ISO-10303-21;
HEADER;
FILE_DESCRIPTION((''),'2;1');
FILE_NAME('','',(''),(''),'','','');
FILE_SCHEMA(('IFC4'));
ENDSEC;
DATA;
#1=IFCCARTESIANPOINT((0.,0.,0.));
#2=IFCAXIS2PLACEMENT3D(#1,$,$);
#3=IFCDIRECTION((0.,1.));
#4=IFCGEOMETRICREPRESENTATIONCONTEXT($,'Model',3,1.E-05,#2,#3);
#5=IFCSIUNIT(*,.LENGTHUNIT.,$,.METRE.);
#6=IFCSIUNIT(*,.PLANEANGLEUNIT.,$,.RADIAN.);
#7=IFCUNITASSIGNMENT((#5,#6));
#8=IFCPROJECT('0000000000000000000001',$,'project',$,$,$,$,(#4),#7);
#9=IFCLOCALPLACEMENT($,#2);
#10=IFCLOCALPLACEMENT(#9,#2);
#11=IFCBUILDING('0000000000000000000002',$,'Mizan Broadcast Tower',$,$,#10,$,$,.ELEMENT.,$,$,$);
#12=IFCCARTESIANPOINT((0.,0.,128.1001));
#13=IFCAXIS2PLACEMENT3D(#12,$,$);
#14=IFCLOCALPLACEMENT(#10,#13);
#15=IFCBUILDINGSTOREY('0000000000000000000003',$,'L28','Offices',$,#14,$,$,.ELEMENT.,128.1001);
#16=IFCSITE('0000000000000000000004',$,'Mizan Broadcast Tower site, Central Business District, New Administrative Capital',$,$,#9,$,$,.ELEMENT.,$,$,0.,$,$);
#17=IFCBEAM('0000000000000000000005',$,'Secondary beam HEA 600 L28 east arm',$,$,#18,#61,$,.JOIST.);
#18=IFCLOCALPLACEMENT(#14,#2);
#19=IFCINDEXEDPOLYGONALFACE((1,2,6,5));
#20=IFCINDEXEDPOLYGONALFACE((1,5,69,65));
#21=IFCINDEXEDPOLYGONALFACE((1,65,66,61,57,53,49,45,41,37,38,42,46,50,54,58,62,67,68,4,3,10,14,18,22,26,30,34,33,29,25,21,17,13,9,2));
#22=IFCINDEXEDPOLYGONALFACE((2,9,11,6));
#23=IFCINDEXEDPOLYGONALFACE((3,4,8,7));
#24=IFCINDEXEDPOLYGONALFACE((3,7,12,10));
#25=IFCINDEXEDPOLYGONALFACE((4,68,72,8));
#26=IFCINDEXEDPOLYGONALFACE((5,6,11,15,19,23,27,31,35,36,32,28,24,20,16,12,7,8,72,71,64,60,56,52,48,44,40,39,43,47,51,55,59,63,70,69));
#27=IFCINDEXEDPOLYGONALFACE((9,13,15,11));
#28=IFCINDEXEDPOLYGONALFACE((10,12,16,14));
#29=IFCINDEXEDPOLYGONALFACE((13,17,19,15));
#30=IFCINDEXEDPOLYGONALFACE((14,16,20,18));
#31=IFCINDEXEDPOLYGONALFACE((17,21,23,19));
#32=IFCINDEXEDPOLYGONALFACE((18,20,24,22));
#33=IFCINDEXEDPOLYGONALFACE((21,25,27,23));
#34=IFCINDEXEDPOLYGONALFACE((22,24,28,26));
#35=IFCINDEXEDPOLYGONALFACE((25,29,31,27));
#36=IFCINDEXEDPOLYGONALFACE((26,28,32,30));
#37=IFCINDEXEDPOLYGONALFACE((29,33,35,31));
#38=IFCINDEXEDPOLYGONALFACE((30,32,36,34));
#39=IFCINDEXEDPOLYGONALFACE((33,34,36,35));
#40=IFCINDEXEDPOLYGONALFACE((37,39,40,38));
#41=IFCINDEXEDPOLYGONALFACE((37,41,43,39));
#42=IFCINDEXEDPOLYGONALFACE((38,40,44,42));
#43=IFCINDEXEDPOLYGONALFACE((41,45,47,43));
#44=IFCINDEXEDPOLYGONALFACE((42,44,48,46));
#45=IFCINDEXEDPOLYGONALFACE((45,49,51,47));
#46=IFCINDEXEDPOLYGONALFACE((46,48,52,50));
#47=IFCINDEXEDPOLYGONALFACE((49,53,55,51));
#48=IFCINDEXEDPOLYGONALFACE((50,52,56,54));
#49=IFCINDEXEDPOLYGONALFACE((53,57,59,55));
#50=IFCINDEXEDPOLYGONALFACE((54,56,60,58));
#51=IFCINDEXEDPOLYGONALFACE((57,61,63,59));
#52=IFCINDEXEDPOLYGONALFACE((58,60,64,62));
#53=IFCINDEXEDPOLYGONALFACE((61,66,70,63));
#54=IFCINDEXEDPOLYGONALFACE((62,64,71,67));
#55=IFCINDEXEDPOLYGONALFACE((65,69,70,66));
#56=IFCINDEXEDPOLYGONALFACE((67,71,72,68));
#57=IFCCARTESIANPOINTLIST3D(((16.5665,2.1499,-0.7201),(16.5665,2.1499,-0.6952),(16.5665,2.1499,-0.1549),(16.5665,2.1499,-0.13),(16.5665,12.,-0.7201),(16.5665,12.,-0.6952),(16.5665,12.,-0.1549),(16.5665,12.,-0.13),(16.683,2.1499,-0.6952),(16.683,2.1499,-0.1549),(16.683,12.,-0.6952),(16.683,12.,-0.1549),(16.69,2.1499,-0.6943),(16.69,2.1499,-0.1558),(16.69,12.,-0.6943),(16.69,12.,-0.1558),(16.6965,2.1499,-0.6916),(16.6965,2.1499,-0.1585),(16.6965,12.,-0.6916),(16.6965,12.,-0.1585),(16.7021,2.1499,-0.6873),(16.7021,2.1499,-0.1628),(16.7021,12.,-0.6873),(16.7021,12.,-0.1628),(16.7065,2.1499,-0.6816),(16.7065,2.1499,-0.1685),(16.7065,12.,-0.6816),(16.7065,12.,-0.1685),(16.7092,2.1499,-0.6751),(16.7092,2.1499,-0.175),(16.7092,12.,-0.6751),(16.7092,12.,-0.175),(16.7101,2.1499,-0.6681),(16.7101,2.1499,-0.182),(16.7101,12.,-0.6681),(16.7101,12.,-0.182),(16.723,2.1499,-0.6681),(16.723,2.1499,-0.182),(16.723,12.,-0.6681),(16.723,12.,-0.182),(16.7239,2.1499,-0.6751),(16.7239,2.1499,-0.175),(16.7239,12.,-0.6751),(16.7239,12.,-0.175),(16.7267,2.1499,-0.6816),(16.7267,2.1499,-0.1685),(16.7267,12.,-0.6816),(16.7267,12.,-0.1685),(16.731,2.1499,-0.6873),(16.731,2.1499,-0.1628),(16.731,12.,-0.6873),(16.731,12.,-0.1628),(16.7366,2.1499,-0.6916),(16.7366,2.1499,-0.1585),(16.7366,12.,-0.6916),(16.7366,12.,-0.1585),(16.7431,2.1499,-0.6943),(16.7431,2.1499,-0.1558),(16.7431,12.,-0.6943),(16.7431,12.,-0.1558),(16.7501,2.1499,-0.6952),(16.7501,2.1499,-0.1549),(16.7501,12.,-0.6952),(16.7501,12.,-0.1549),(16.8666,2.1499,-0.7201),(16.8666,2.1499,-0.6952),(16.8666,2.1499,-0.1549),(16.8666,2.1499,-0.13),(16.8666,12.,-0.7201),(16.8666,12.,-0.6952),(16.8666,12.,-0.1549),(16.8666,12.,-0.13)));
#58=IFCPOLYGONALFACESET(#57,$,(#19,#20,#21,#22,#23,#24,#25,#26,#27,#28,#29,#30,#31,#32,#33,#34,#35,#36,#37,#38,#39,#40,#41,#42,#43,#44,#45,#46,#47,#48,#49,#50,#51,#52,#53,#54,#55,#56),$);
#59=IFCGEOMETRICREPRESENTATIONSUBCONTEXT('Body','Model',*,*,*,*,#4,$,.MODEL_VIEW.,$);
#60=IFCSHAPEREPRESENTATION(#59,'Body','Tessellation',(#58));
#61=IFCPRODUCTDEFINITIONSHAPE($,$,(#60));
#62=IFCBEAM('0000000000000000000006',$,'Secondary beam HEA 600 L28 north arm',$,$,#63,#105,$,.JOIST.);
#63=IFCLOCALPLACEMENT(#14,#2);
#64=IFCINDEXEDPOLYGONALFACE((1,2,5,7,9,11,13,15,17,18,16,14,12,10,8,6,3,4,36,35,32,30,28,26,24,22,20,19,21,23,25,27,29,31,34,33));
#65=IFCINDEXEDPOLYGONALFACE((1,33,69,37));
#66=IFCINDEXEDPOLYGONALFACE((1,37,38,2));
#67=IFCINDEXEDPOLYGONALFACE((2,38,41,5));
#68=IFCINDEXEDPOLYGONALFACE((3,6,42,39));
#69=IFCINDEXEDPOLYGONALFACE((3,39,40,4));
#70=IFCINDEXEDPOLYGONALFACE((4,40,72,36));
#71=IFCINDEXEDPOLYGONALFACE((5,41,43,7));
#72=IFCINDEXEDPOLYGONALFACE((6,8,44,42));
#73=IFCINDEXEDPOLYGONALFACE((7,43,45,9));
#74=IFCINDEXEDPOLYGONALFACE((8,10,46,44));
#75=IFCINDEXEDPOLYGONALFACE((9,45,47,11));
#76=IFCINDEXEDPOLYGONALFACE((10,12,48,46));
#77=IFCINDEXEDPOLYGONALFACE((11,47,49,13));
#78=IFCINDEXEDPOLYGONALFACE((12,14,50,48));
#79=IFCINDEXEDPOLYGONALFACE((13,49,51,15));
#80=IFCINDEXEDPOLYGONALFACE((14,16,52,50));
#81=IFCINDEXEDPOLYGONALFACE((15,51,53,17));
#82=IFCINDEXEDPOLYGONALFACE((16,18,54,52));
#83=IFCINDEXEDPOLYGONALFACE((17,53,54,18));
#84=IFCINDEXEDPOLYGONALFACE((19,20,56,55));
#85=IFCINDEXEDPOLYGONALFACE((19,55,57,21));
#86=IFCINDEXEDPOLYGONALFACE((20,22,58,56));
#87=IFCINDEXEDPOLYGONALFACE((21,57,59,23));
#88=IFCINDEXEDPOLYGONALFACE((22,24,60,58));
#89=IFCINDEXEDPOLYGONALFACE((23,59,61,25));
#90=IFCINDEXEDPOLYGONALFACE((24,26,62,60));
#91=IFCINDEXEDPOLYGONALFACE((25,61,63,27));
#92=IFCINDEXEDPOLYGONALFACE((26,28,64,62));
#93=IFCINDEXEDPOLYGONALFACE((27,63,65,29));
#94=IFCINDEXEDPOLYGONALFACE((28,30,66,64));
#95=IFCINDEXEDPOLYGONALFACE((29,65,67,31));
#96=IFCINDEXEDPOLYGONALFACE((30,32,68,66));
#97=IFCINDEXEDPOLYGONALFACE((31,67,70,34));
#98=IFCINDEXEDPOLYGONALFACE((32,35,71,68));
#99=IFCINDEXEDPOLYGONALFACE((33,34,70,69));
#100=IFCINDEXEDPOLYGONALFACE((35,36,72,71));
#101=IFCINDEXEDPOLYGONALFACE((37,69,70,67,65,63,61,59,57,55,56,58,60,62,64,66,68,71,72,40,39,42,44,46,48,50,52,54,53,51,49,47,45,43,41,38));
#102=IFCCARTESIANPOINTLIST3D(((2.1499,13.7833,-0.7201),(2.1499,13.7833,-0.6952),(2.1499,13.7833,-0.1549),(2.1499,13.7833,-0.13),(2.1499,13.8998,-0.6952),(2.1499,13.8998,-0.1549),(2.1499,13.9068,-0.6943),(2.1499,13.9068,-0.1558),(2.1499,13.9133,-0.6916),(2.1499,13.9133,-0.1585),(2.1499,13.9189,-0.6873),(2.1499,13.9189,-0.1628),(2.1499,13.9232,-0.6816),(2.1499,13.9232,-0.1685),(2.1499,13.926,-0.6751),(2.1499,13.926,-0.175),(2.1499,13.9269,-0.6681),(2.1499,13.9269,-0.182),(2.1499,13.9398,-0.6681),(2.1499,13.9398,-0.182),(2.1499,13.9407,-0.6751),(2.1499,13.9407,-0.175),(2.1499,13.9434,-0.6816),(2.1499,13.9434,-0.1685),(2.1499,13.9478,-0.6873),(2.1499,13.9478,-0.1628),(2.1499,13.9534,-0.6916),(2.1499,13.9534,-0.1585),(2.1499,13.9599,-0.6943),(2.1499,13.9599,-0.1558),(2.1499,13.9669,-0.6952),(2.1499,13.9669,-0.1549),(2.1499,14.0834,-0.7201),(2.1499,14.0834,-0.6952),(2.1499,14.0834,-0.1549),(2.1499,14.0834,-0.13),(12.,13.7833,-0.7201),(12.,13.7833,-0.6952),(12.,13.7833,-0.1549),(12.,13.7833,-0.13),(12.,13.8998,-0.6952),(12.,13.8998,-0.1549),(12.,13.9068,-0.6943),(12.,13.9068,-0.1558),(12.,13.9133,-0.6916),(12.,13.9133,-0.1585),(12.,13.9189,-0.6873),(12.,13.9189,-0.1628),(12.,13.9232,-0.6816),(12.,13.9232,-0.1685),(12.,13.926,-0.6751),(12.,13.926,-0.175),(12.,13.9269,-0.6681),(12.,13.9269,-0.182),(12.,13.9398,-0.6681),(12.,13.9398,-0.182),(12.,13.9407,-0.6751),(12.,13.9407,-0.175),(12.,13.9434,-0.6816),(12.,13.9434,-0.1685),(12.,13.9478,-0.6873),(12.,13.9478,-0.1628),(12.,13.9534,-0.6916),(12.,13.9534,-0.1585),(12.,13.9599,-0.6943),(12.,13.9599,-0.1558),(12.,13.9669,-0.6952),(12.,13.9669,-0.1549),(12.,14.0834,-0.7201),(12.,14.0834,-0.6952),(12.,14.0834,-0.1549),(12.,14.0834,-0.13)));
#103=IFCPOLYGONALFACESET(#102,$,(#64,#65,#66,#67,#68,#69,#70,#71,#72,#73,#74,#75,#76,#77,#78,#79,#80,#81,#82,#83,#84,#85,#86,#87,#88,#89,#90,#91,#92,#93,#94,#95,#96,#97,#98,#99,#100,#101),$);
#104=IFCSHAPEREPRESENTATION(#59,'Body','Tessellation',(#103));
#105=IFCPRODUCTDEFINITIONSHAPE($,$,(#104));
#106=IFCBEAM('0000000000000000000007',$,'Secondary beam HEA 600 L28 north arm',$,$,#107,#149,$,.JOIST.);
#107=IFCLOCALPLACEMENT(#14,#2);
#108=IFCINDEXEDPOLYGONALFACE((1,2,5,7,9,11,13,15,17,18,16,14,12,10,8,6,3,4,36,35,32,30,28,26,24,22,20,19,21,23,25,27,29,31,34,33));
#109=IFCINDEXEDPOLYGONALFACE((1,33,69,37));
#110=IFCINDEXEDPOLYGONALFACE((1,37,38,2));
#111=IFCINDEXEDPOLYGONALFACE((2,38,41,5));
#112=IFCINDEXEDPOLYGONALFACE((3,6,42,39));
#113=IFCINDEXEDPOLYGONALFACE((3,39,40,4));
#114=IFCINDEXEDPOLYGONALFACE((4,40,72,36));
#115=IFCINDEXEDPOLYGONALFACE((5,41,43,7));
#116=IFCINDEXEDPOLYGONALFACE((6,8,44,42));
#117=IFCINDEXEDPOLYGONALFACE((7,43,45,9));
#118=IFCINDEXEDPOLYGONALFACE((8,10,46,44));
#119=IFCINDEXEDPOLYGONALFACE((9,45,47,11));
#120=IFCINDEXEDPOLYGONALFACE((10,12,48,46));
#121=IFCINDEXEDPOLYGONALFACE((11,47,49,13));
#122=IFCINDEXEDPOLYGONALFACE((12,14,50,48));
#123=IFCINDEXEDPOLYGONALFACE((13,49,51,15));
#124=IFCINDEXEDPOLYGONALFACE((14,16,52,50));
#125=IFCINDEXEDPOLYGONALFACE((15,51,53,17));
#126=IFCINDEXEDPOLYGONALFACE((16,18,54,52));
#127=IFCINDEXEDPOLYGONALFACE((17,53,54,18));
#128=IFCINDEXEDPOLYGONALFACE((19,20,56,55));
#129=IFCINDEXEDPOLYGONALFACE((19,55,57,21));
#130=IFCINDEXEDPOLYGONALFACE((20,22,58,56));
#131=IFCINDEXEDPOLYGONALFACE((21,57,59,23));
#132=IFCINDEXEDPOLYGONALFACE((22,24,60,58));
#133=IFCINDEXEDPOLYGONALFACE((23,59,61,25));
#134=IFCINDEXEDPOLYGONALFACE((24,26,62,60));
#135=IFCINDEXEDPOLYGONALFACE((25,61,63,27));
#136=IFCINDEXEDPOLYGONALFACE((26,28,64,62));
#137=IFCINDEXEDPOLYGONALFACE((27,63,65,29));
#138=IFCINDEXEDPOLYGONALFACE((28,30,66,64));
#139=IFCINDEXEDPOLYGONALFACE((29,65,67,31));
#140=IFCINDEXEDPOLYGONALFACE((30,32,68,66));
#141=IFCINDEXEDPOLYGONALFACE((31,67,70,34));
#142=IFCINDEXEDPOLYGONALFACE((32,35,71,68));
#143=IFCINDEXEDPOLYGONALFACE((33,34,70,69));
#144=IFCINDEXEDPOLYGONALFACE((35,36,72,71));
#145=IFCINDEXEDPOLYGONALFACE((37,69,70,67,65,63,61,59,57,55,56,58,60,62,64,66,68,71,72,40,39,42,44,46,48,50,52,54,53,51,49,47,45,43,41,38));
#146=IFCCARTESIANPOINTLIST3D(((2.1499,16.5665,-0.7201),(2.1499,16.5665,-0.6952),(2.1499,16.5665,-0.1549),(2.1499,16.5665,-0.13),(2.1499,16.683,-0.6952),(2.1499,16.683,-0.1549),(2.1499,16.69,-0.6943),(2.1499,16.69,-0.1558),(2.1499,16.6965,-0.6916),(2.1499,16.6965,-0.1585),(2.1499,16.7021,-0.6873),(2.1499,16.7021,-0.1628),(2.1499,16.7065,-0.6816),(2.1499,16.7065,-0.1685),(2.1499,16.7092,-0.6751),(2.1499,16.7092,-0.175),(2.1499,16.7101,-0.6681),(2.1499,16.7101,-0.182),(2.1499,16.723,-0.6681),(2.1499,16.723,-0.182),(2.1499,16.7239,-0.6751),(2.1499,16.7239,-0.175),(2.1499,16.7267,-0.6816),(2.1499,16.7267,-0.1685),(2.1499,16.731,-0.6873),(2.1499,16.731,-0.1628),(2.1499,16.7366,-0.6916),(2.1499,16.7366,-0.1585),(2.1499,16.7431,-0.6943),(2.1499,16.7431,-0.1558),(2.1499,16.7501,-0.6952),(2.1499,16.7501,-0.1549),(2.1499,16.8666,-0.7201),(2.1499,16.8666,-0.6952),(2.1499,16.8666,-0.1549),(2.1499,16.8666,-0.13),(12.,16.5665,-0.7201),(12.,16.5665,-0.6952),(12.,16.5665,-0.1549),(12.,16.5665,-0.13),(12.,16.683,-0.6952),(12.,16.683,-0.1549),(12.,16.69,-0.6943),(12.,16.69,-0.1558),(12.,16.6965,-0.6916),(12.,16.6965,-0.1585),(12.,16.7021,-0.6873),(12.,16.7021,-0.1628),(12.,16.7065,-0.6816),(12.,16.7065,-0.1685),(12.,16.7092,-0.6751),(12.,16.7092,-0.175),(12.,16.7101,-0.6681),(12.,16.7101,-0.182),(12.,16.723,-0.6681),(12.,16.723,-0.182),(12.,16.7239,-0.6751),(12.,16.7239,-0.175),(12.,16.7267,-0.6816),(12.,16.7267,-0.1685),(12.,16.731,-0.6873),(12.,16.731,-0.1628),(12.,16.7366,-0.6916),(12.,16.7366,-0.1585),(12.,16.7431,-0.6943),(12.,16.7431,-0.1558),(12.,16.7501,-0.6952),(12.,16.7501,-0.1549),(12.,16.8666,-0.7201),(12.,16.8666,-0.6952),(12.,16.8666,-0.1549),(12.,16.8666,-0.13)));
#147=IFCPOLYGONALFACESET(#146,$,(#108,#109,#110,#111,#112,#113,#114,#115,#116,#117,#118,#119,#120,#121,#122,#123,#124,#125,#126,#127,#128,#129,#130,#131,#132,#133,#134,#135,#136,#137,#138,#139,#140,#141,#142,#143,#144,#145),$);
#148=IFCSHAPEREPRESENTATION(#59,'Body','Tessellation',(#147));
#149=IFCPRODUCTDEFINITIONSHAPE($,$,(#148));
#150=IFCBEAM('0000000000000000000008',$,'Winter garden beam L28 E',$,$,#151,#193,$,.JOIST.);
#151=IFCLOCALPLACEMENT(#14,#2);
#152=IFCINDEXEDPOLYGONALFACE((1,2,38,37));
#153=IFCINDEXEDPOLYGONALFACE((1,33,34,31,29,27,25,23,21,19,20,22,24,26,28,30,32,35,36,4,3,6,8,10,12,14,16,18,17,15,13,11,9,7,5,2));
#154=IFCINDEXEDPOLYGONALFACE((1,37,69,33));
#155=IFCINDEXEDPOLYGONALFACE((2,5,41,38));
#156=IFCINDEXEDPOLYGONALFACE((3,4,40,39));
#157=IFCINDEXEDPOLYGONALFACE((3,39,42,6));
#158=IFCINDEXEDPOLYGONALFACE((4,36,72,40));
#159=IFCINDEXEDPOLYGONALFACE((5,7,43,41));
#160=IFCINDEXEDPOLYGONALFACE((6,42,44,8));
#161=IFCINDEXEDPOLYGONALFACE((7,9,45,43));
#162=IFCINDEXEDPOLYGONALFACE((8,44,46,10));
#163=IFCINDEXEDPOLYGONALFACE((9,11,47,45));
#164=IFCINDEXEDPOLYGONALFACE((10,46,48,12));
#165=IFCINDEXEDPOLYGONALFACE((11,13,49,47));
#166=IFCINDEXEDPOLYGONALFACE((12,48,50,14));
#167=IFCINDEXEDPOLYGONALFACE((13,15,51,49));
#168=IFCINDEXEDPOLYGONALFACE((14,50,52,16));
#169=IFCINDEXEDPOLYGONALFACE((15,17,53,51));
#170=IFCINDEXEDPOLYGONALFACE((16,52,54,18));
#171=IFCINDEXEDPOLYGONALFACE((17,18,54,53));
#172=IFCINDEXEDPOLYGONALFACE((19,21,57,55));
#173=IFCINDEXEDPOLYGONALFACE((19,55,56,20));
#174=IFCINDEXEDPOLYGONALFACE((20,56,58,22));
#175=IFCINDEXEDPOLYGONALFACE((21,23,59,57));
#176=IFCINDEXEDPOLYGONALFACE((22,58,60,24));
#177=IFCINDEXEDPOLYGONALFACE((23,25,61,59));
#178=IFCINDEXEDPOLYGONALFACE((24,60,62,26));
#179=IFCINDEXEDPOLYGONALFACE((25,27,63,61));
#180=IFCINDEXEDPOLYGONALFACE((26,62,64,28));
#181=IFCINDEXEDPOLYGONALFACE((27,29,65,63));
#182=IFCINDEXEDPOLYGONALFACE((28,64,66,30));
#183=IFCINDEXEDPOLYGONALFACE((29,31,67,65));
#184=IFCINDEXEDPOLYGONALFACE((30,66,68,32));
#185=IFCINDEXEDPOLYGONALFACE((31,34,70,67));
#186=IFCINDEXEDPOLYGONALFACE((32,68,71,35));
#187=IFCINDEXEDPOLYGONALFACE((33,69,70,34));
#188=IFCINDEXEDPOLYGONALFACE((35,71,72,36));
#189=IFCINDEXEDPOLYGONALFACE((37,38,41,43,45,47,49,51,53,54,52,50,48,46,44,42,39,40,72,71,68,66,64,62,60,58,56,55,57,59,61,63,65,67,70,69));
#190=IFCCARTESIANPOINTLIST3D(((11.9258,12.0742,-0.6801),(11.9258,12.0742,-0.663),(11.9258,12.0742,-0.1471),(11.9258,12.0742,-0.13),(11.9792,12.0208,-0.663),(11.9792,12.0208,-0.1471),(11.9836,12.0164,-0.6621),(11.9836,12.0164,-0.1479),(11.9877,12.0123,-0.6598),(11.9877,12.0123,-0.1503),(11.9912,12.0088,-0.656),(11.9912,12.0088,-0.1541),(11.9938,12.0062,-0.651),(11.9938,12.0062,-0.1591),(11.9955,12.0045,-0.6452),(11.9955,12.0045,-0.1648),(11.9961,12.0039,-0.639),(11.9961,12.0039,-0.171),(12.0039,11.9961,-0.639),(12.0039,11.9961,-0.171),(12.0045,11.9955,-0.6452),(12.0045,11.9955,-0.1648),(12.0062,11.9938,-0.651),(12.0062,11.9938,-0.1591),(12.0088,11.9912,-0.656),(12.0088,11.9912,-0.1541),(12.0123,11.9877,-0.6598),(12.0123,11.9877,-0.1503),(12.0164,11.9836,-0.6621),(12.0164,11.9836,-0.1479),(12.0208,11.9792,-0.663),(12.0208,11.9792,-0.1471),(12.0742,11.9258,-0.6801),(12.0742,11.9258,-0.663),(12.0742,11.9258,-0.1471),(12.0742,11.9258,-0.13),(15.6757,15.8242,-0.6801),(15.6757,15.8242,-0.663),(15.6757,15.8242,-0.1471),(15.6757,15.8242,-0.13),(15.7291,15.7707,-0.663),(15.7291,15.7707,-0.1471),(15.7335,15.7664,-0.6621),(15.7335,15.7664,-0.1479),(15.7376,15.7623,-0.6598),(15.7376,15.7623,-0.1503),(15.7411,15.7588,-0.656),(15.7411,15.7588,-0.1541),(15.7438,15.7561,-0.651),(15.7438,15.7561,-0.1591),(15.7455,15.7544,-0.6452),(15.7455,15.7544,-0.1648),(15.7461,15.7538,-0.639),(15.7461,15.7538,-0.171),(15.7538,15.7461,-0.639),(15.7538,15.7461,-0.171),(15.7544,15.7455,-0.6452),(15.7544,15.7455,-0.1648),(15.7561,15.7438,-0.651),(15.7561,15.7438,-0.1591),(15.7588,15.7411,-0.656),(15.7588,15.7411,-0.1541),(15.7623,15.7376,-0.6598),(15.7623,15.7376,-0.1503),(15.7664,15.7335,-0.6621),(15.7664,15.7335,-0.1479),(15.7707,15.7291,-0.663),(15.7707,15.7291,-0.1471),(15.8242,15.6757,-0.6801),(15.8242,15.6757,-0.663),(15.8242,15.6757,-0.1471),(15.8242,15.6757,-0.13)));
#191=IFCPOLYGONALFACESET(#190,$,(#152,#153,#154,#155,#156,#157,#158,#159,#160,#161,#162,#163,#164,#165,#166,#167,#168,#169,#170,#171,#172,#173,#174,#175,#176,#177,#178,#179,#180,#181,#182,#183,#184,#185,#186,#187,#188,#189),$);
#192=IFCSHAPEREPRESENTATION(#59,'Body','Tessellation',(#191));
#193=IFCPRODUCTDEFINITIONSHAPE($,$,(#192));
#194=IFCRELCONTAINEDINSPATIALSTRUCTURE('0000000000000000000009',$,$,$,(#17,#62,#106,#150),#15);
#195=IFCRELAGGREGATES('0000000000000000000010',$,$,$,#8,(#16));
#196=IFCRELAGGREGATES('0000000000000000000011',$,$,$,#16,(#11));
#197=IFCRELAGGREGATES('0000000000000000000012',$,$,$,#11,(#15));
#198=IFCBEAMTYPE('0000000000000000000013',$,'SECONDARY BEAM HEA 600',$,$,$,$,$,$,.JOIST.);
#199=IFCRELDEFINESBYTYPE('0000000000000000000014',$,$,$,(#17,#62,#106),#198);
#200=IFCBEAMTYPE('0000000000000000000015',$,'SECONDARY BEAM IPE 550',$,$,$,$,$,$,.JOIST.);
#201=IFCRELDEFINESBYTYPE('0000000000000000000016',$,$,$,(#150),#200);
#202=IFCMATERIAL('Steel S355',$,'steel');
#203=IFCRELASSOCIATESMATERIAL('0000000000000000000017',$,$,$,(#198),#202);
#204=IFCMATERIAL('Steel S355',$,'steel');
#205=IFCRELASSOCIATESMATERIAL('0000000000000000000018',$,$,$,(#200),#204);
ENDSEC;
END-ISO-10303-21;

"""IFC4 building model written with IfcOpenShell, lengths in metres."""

from ifc_helpers import new_model, si_unit, direction, frame, origin, origin_2d, place, context, subcontext, project, spatial, i_section, extrude, material, material_profile, profile_set, type_object, element, save


model = new_model("IFC4")

# Units and contexts
model_context = context("Model", 3, precision=1e-05, world=origin(), true_north=direction((0.0, 1.0)))
body_context = subcontext(model_context, "Body", "Model", "MODEL_VIEW")
ifc_project = project(units=[si_unit("LENGTHUNIT", "METRE"), si_unit("PLANEANGLEUNIT", "RADIAN")], contexts=[model_context])

# Site, building, storey
site_placement = place(None, origin())
site = spatial("IfcSite", under=ifc_project, at=site_placement, Name="Mizan Broadcast Tower site, Central Business District, New Administrative Capital", CompositionType="ELEMENT", RefElevation=0.0)
building_placement = place(site_placement, origin())
building = spatial("IfcBuilding", under=site, at=building_placement, Name="Mizan Broadcast Tower", CompositionType="ELEMENT")
storey_placement = place(building_placement, frame((0.0, 0.0, 128.1001)))
storey = spatial("IfcBuildingStorey", under=building, at=storey_placement, Name="L28", Description="Offices", CompositionType="ELEMENT", Elevation=128.1001)

# Beams
ifc_material_1 = material(Name="Steel S355", Category="steel")
ifc_material_profile_1 = material_profile(ifc_material_1, i_section(OverallWidth=0.3, OverallDepth=0.5901, WebThickness=0.0129, FlangeThickness=0.0249, FilletRadius=0.0271, at=origin_2d()), Name="HEA 600")
ifc_profile_set_1 = profile_set([ifc_material_profile_1], Name="Steel S355")
beam_type_1 = type_object("IfcBeamType", Name="SECONDARY BEAM HEA 600", PredefinedType="JOIST", material=ifc_profile_set_1)
for number, where, z_axis, x_axis, name in (
    (1, (16.7166, 12.0, -0.425), (0.0, -1.0, 0.0), (1.0, 0.0, 0.0), "Secondary beam HEA 600 L28 east arm"),
    (2, (12.0, 13.9333, -0.425), (-1.0, 0.0, 0.0), (0.0, -1.0, 0.0), "Secondary beam HEA 600 L28 north arm"),
    (3, (12.0, 16.7166, -0.425), (-1.0, 0.0, 0.0), (0.0, -1.0, 0.0), "Secondary beam HEA 600 L28 north arm"),
):
    element("IfcBeam", number, at=place(storey_placement, frame(where, z_axis=z_axis, x_axis=x_axis)), inside=storey, type_object=beam_type_1, Name=name, PredefinedType="JOIST", context=body_context, shape_type="SweptSolid", body=[
        extrude(i_section(OverallWidth=0.3, OverallDepth=0.5901, WebThickness=0.0129, FlangeThickness=0.0249, FilletRadius=0.0271, at=origin_2d()), origin(), (0.0, 0.0, 1.0), 9.8501),
    ])
ifc_material_2 = material(Name="Steel S355", Category="steel")
ifc_material_profile_2 = material_profile(ifc_material_2, i_section(OverallWidth=0.21, OverallDepth=0.55, WebThickness=0.011, FlangeThickness=0.0171, FilletRadius=0.0239, at=origin_2d()), Name="IPE 550")
ifc_profile_set_2 = profile_set([ifc_material_profile_2], Name="Steel S355")
beam_type_2 = type_object("IfcBeamType", Name="SECONDARY BEAM IPE 550", PredefinedType="JOIST", material=ifc_profile_set_2)
beam_1_placement = place(storey_placement, frame((12.0, 12.0, -0.405), z_axis=(0.707107, 0.707107, 0.0), x_axis=(-0.707107, 0.707107, 0.0)))
element("IfcBeam", 4, at=beam_1_placement, inside=storey, type_object=beam_type_2, Name="Winter garden beam L28 E", PredefinedType="JOIST", context=body_context, shape_type="SweptSolid", body=[
    extrude(i_section(OverallWidth=0.21, OverallDepth=0.55, WebThickness=0.011, FlangeThickness=0.0171, FilletRadius=0.0239, at=origin_2d()), origin(), (0.0, 0.0, 1.0), 5.3032),
])

save(model, "model.ifc")
